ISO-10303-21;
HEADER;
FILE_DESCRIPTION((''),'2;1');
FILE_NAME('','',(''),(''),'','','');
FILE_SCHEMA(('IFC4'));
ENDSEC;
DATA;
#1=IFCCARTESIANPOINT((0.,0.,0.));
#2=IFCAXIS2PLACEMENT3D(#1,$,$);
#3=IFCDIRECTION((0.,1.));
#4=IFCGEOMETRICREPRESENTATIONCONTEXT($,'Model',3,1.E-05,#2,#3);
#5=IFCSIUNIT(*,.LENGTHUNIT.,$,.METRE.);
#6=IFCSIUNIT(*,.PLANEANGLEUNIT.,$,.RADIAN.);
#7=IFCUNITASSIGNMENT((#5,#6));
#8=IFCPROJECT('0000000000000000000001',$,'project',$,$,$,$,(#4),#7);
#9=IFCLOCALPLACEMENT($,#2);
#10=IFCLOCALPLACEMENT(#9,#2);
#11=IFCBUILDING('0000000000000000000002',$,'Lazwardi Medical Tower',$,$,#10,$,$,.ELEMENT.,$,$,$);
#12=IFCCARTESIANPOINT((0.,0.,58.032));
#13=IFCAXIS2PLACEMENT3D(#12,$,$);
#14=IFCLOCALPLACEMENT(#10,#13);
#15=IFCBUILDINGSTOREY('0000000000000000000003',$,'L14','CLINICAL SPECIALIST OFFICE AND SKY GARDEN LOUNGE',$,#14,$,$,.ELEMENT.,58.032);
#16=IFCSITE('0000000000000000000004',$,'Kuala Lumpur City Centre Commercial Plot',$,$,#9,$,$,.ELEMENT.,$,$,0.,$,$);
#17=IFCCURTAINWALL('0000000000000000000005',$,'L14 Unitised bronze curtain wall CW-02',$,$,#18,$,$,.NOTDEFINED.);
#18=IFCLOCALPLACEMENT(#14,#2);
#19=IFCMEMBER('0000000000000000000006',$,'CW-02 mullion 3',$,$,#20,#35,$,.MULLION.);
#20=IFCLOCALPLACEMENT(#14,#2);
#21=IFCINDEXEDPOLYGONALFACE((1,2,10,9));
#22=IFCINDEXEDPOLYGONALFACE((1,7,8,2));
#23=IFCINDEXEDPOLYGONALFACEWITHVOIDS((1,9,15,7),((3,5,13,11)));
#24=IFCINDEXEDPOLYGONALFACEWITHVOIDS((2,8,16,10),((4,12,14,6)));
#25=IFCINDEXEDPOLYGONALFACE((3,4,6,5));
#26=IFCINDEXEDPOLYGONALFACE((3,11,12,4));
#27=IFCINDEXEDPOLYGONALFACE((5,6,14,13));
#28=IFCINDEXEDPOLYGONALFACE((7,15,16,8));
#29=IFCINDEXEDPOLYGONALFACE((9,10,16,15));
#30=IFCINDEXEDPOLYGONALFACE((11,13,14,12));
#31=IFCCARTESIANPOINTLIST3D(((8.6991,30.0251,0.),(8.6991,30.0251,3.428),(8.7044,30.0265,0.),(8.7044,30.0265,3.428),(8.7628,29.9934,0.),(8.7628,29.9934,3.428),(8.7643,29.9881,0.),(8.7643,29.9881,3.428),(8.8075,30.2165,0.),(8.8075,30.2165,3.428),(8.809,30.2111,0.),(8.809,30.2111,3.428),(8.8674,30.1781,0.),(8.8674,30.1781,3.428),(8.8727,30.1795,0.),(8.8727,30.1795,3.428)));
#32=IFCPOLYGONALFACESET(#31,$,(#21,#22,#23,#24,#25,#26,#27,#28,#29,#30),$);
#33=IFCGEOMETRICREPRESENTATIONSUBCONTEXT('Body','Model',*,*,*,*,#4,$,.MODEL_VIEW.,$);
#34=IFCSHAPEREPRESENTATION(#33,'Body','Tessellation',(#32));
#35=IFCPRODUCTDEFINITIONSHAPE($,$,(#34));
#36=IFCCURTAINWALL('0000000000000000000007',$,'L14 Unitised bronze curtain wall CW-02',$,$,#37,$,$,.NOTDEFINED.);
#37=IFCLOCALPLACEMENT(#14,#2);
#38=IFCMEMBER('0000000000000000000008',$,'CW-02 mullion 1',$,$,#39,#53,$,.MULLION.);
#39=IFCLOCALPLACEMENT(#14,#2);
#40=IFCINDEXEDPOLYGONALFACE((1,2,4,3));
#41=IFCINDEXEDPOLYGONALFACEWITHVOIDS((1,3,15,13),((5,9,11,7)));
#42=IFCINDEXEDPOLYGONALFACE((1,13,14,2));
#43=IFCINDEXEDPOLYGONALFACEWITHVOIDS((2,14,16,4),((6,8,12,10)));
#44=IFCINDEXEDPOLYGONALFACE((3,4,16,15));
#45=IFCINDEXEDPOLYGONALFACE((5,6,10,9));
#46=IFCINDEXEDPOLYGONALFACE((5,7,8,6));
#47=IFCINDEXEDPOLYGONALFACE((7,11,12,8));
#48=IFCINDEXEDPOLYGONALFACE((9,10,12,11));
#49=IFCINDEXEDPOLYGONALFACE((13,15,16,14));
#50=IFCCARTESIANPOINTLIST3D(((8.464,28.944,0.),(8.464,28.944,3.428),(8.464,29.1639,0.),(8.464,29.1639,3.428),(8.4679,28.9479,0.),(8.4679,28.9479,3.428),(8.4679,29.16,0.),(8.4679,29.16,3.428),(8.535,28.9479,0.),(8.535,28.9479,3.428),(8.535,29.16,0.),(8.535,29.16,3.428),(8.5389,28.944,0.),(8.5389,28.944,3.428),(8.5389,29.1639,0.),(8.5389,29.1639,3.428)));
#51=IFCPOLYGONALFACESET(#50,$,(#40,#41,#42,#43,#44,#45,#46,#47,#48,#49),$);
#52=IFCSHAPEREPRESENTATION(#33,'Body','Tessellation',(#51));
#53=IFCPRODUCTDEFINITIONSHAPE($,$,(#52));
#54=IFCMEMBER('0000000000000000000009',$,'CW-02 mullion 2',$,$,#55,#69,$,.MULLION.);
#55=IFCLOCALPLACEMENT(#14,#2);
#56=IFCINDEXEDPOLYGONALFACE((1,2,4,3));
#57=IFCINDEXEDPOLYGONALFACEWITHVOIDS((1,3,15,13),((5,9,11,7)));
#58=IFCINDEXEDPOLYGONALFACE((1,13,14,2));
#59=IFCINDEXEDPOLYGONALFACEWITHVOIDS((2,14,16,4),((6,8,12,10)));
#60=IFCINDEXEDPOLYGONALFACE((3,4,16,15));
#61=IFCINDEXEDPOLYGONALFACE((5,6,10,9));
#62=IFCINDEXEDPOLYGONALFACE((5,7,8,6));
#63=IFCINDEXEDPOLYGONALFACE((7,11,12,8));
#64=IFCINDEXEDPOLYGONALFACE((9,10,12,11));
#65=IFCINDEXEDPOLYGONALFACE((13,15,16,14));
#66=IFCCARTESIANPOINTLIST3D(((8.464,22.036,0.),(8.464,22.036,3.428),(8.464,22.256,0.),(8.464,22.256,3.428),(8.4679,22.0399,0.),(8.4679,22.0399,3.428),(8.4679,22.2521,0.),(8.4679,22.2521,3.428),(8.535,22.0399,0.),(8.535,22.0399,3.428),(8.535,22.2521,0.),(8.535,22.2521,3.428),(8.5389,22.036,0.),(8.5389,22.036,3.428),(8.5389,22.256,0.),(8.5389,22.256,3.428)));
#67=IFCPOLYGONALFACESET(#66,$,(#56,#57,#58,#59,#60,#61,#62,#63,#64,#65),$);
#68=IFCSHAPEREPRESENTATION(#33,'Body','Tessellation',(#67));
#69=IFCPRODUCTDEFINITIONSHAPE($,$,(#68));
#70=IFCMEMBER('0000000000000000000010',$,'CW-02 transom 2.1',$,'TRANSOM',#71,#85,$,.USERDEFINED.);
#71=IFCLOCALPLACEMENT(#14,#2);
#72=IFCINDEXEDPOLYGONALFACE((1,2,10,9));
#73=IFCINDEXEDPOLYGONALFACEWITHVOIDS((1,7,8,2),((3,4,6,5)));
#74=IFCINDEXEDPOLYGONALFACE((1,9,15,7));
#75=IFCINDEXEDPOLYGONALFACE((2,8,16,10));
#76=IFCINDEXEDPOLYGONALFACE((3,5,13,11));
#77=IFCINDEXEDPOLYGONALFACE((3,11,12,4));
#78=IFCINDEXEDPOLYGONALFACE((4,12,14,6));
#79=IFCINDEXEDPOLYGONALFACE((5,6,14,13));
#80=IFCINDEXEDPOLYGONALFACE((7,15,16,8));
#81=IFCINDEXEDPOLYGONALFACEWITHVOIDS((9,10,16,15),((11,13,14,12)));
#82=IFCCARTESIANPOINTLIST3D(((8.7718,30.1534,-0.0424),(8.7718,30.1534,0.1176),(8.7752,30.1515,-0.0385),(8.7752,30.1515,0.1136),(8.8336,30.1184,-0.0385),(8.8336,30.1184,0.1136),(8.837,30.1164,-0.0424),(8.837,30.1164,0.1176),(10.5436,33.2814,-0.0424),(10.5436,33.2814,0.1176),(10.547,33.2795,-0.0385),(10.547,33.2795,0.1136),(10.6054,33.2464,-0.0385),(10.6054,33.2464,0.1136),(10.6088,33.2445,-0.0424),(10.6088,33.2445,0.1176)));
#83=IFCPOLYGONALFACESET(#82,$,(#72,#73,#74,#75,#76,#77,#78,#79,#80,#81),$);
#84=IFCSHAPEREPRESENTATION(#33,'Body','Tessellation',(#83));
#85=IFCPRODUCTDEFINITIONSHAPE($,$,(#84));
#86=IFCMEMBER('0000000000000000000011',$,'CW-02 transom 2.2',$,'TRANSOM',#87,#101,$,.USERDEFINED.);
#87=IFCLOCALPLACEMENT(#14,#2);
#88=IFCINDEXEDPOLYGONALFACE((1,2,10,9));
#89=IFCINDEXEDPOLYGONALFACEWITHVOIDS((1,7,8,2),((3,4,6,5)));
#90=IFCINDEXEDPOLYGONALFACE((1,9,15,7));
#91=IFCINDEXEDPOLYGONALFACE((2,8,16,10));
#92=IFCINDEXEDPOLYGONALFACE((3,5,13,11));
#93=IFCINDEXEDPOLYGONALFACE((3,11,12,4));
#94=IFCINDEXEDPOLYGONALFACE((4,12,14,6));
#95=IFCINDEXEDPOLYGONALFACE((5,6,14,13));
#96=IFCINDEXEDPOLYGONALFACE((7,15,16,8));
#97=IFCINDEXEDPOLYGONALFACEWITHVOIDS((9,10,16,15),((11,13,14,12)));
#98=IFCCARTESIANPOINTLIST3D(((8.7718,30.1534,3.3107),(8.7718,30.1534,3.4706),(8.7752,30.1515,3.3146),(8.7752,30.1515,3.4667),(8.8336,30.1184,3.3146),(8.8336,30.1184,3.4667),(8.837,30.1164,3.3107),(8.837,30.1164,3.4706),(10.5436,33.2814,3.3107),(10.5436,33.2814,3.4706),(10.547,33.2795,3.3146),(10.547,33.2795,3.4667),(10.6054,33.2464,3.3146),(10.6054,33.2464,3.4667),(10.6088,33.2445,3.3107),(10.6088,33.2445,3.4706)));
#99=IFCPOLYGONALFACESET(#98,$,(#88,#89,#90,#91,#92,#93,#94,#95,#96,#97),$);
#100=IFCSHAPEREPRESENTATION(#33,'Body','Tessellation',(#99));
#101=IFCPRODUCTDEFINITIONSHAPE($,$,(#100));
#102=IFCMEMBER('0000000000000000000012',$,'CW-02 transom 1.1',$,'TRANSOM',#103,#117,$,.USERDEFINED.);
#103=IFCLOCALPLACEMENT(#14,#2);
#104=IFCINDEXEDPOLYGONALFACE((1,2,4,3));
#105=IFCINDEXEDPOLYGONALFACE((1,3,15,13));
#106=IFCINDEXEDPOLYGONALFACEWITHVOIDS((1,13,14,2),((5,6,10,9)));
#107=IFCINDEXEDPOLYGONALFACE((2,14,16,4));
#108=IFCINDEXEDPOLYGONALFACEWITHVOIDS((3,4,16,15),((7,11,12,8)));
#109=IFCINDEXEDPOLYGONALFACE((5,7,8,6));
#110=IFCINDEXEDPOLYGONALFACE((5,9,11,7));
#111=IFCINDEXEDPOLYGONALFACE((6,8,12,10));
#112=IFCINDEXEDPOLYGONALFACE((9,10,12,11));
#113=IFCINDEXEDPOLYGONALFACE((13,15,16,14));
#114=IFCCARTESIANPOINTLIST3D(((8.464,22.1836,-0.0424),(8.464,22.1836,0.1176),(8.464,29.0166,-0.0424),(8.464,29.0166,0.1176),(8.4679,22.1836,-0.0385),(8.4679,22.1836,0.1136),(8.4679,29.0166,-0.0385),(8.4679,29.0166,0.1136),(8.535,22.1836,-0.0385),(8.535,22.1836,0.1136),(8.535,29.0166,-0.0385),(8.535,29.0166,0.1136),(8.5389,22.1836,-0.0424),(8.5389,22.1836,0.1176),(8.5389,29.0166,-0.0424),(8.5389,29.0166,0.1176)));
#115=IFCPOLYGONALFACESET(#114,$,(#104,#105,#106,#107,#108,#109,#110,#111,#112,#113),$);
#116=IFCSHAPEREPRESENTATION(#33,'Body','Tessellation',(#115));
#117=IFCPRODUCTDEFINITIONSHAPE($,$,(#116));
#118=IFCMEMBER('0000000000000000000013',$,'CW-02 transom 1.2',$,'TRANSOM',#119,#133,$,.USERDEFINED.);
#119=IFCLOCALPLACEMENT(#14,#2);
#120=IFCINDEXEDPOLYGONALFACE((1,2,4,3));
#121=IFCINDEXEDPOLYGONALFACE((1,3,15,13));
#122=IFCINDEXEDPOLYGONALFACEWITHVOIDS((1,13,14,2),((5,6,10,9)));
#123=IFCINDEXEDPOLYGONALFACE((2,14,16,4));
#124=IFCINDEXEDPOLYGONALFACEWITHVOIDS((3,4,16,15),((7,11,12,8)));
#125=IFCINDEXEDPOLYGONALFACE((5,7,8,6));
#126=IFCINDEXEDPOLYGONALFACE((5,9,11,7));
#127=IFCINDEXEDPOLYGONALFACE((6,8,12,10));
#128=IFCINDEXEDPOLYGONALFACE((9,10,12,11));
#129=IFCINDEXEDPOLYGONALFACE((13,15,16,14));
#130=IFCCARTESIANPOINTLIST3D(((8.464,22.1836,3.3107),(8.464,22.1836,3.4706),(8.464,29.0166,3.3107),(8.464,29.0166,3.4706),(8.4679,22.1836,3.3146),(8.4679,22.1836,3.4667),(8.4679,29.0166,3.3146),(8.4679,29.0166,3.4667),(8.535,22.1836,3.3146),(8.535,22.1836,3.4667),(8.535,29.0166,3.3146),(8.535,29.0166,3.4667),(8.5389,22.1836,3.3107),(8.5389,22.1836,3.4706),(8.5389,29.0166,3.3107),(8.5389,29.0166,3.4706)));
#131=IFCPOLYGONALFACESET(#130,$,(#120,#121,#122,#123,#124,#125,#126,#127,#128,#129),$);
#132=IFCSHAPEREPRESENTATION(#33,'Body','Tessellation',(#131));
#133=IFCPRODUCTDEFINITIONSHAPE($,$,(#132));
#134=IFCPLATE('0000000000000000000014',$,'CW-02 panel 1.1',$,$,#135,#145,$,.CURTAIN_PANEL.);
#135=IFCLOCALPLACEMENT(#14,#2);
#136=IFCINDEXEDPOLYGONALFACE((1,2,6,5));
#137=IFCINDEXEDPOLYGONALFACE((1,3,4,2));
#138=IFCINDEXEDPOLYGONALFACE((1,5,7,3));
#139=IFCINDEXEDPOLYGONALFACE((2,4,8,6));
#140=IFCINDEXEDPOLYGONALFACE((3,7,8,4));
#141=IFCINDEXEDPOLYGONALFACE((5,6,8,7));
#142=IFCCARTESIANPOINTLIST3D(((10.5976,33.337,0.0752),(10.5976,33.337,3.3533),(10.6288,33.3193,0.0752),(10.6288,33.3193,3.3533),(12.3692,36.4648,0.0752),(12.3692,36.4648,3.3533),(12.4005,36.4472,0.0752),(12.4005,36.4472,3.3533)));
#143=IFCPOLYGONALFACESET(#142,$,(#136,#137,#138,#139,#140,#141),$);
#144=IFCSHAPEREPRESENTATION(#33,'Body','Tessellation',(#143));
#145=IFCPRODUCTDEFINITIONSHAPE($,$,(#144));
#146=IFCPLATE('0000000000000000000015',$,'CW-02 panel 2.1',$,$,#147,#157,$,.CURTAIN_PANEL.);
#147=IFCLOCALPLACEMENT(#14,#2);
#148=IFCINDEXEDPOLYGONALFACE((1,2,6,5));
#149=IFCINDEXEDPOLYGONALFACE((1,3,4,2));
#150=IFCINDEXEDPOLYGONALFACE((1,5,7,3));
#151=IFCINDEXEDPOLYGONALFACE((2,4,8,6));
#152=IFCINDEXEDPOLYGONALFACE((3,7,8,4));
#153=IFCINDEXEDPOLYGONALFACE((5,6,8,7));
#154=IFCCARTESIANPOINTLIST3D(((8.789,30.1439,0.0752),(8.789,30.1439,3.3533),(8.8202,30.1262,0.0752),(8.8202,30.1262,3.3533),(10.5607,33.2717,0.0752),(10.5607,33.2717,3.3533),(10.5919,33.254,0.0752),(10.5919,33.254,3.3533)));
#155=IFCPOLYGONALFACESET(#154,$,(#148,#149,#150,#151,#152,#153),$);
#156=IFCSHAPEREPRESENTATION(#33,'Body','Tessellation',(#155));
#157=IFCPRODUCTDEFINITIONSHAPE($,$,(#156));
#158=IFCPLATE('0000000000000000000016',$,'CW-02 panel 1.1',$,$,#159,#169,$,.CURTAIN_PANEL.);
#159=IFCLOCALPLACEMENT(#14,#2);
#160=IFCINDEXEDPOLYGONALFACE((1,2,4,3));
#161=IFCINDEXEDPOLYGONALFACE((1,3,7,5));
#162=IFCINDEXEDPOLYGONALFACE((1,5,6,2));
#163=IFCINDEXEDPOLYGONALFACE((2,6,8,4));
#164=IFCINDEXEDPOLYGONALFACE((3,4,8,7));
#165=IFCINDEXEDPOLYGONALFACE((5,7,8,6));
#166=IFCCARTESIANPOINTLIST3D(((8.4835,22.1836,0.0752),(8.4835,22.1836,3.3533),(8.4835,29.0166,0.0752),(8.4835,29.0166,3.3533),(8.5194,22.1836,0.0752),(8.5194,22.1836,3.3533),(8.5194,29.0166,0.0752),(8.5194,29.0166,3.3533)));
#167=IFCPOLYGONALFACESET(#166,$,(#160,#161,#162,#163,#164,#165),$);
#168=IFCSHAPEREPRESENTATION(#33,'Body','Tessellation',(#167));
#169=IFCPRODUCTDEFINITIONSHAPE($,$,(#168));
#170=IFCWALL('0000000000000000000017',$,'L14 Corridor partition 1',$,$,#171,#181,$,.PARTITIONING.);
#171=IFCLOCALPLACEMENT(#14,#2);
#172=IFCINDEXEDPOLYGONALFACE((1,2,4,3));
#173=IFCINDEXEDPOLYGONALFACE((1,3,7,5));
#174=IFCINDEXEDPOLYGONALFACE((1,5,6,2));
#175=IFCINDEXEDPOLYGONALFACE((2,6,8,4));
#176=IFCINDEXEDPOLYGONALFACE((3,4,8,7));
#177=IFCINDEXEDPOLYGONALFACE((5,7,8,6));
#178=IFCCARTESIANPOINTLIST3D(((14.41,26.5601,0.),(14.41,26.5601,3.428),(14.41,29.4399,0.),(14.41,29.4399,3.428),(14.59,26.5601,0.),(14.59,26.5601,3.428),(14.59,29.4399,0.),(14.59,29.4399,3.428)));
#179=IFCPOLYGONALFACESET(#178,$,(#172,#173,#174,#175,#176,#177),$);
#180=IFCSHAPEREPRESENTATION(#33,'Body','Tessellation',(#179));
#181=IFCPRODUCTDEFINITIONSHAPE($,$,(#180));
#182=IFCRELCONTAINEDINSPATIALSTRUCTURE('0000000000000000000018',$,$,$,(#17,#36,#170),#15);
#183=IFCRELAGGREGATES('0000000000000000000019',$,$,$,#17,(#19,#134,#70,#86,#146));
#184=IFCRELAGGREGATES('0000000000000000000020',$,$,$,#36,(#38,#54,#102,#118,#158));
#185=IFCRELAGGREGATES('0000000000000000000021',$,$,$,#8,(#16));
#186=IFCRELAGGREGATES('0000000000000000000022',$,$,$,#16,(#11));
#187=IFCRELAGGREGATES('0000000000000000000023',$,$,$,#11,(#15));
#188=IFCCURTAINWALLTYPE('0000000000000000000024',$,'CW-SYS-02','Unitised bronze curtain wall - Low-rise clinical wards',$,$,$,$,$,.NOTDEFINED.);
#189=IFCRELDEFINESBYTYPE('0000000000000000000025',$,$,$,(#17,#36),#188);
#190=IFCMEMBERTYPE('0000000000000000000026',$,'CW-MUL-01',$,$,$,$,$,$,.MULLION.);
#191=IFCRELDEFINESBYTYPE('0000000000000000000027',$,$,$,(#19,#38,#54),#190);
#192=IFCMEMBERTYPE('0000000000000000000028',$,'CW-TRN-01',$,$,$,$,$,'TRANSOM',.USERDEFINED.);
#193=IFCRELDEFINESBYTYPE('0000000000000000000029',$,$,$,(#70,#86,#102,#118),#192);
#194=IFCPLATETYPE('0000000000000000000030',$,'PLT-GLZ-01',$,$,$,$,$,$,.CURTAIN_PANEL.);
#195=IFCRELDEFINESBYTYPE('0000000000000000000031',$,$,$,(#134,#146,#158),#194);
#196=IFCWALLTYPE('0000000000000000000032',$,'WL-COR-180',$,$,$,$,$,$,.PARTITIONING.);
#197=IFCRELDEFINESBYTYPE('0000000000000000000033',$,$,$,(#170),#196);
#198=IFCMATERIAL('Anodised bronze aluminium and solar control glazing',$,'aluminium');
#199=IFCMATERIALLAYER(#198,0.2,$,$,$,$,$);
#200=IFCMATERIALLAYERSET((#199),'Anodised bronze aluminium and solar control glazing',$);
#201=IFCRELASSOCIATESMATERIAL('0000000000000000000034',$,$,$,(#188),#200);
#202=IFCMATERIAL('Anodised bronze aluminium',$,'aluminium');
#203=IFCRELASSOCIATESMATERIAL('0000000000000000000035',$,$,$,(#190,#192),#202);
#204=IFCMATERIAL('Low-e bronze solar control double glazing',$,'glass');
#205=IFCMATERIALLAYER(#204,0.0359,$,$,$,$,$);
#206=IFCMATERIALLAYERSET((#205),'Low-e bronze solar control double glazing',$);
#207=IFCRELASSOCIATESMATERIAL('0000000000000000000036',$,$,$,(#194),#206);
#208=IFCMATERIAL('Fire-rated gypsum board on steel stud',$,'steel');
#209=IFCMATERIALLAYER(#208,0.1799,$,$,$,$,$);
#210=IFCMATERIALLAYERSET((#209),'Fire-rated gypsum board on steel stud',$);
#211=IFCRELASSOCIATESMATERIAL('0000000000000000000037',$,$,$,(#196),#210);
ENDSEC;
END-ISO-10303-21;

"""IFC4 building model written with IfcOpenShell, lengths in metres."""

from ifc_helpers import new_model, si_unit, direction, frame, frame_2d, origin, origin_2d, place, context, subcontext, project, spatial, rectangle, hollow_rectangle, extrude, material, layer, layer_set, material_profile, profile_set, type_object, element, aggregate, save


model = new_model("IFC4")

# Units and contexts
model_context = context("Model", 3, precision=1e-05, world=origin(), true_north=direction((0.0, 1.0)))
body_context = subcontext(model_context, "Body", "Model", "MODEL_VIEW")
ifc_project = project(units=[si_unit("LENGTHUNIT", "METRE"), si_unit("PLANEANGLEUNIT", "RADIAN")], contexts=[model_context])

# Site, building, storey
site_placement = place(None, origin())
site = spatial("IfcSite", under=ifc_project, at=site_placement, Name="Kuala Lumpur City Centre Commercial Plot", CompositionType="ELEMENT", RefElevation=0.0)
building_placement = place(site_placement, origin())
building = spatial("IfcBuilding", under=site, at=building_placement, Name="Lazwardi Medical Tower", CompositionType="ELEMENT")
storey_placement = place(building_placement, frame((0.0, 0.0, 58.032)))
storey = spatial("IfcBuildingStorey", under=building, at=storey_placement, Name="L14", Description="CLINICAL SPECIALIST OFFICE AND SKY GARDEN LOUNGE", CompositionType="ELEMENT", Elevation=58.032)

# Curtain walls, members
ifc_material_1 = material(Name="Anodised bronze aluminium and solar control glazing", Category="aluminium")
ifc_layer_1 = layer(ifc_material_1, 0.2)
ifc_layer_set_1 = layer_set([ifc_layer_1], Name="Anodised bronze aluminium and solar control glazing")
curtain_wall_type = type_object("IfcCurtainWallType", Name="CW-SYS-02", Description="Unitised bronze curtain wall - Low-rise clinical wards", PredefinedType="NOTDEFINED", material=ifc_layer_set_1)
curtain_wall_1_placement = place(storey_placement, origin())
curtain_wall_1 = element("IfcCurtainWall", 1, at=curtain_wall_1_placement, inside=storey, type_object=curtain_wall_type, Name="L14 Unitised bronze curtain wall CW-02", PredefinedType="NOTDEFINED")
ifc_material_2 = material(Name="Anodised bronze aluminium", Category="aluminium")
ifc_material_profile_1 = material_profile(ifc_material_2, hollow_rectangle(XDim=0.075, YDim=0.22, WallThickness=0.0039, at=origin_2d()), Name="ALU-MULLION 220x75x4")
ifc_profile_set_1 = profile_set([ifc_material_profile_1], Name="Anodised bronze aluminium")
member_type_1 = type_object("IfcMemberType", Name="CW-MUL-01", PredefinedType="MULLION", material=ifc_profile_set_1)
member_1_placement = place(storey_placement, frame((8.7859, 30.1023, 0.0), z_axis=(0.0, 0.0, 1.0), x_axis=(0.870112, -0.492854, 0.0)))
member_1 = element("IfcMember", 2, at=member_1_placement, type_object=member_type_1, Name="CW-02 mullion 3", PredefinedType="MULLION", context=body_context, shape_type="SweptSolid", body=[
    extrude(hollow_rectangle(XDim=0.075, YDim=0.22, WallThickness=0.0039, at=origin_2d()), origin(), (0.0, 0.0, 1.0), 3.428),
])
curtain_wall_2_placement = place(storey_placement, origin())
curtain_wall_2 = element("IfcCurtainWall", 3, at=curtain_wall_2_placement, inside=storey, type_object=curtain_wall_type, Name="L14 Unitised bronze curtain wall CW-02", PredefinedType="NOTDEFINED")
member_2_placement = place(storey_placement, frame((8.5015, 29.054, 0.0), z_axis=(0.0, 0.0, 1.0), x_axis=(1.0, 0.0, 0.0)))
member_2 = element("IfcMember", 4, at=member_2_placement, type_object=member_type_1, Name="CW-02 mullion 1", PredefinedType="MULLION", context=body_context, shape_type="SweptSolid", body=[
    extrude(hollow_rectangle(XDim=0.075, YDim=0.22, WallThickness=0.0039, at=origin_2d()), origin(), (0.0, 0.0, 1.0), 3.428),
])
member_3_placement = place(storey_placement, frame((8.5015, 22.146, 0.0), z_axis=(0.0, 0.0, 1.0), x_axis=(1.0, 0.0, 0.0)))
member_3 = element("IfcMember", 5, at=member_3_placement, type_object=member_type_1, Name="CW-02 mullion 2", PredefinedType="MULLION", context=body_context, shape_type="SweptSolid", body=[
    extrude(hollow_rectangle(XDim=0.075, YDim=0.22, WallThickness=0.0039, at=origin_2d()), origin(), (0.0, 0.0, 1.0), 3.428),
])

# Members
ifc_material_profile_2 = material_profile(ifc_material_2, hollow_rectangle(XDim=0.075, YDim=0.1599, WallThickness=0.0039, at=origin_2d()), Name="ALU-TRANSOM 160x75x4")
ifc_profile_set_2 = profile_set([ifc_material_profile_2], Name="Anodised bronze aluminium")
member_type_2 = type_object("IfcMemberType", Name="CW-TRN-01", ElementType="TRANSOM", PredefinedType="USERDEFINED", material=ifc_profile_set_2)
member_4_placement = place(storey_placement, frame((10.5762, 33.2629, 0.0376), z_axis=(-0.492851, -0.870113, 0.0), x_axis=(0.870113, -0.492851, 0.0)))
member_4 = element("IfcMember", 6, at=member_4_placement, type_object=member_type_2, Name="CW-02 transom 2.1", ObjectType="TRANSOM", PredefinedType="USERDEFINED", context=body_context, shape_type="SweptSolid", body=[
    extrude(hollow_rectangle(XDim=0.075, YDim=0.1599, WallThickness=0.0039, at=origin_2d()), origin(), (0.0, 0.0, 1.0), 3.595),
])
member_5_placement = place(storey_placement, frame((10.5762, 33.2629, 3.3906), z_axis=(-0.492851, -0.870113, 0.0), x_axis=(0.870113, -0.492851, 0.0)))
member_5 = element("IfcMember", 7, at=member_5_placement, type_object=member_type_2, Name="CW-02 transom 2.2", ObjectType="TRANSOM", PredefinedType="USERDEFINED", context=body_context, shape_type="SweptSolid", body=[
    extrude(hollow_rectangle(XDim=0.075, YDim=0.1599, WallThickness=0.0039, at=origin_2d()), origin(), (0.0, 0.0, 1.0), 3.595),
])
member_6_placement = place(storey_placement, frame((8.5015, 29.0166, 0.0376), z_axis=(0.0, -1.0, 0.0), x_axis=(1.0, 0.0, 0.0)))
member_6 = element("IfcMember", 8, at=member_6_placement, type_object=member_type_2, Name="CW-02 transom 1.1", ObjectType="TRANSOM", PredefinedType="USERDEFINED", context=body_context, shape_type="SweptSolid", body=[
    extrude(hollow_rectangle(XDim=0.075, YDim=0.1599, WallThickness=0.0039, at=origin_2d()), origin(), (0.0, 0.0, 1.0), 6.833),
])
member_7_placement = place(storey_placement, frame((8.5015, 29.0166, 3.3906), z_axis=(0.0, -1.0, 0.0), x_axis=(1.0, 0.0, 0.0)))
member_7 = element("IfcMember", 9, at=member_7_placement, type_object=member_type_2, Name="CW-02 transom 1.2", ObjectType="TRANSOM", PredefinedType="USERDEFINED", context=body_context, shape_type="SweptSolid", body=[
    extrude(hollow_rectangle(XDim=0.075, YDim=0.1599, WallThickness=0.0039, at=origin_2d()), origin(), (0.0, 0.0, 1.0), 6.833),
])

# Plates
ifc_material_3 = material(Name="Low-e bronze solar control double glazing", Category="glass")
ifc_layer_2 = layer(ifc_material_3, 0.0359)
ifc_layer_set_2 = layer_set([ifc_layer_2], Name="Low-e bronze solar control double glazing")
plate_type = type_object("IfcPlateType", Name="PLT-GLZ-01", PredefinedType="CURTAIN_PANEL", material=ifc_layer_set_2)
plate_1_placement = place(storey_placement, frame((11.499, 34.8921, 0.0752), z_axis=(0.0, 0.0, 1.0), x_axis=(-0.492854, -0.870112, 0.0)))
plate_1 = element("IfcPlate", 10, at=plate_1_placement, type_object=plate_type, Name="CW-02 panel 1.1", PredefinedType="CURTAIN_PANEL", context=body_context, shape_type="SweptSolid", body=[
    extrude(rectangle(XDim=3.5947, YDim=0.0359, at=origin_2d()), origin(), (0.0, 0.0, 1.0), 3.2781),
])
plate_2_placement = place(storey_placement, frame((9.6904, 31.699, 0.0752), z_axis=(0.0, 0.0, 1.0), x_axis=(-0.492854, -0.870112, 0.0)))
plate_2 = element("IfcPlate", 11, at=plate_2_placement, type_object=plate_type, Name="CW-02 panel 2.1", PredefinedType="CURTAIN_PANEL", context=body_context, shape_type="SweptSolid", body=[
    extrude(rectangle(XDim=3.5947, YDim=0.0359, at=origin_2d()), origin(), (0.0, 0.0, 1.0), 3.2781),
])
aggregate(curtain_wall_1, [member_1, plate_1, member_4, member_5, plate_2])
plate_3_placement = place(storey_placement, frame((8.5015, 25.6001, 0.0752), z_axis=(0.0, 0.0, 1.0), x_axis=(0.0, -1.0, 0.0)))
plate_3 = element("IfcPlate", 12, at=plate_3_placement, type_object=plate_type, Name="CW-02 panel 1.1", PredefinedType="CURTAIN_PANEL", context=body_context, shape_type="SweptSolid", body=[
    extrude(rectangle(XDim=6.833, YDim=0.0359, at=origin_2d()), origin(), (0.0, 0.0, 1.0), 3.2781),
])
aggregate(curtain_wall_2, [member_2, member_3, member_6, member_7, plate_3])

# Wall
ifc_material_4 = material(Name="Fire-rated gypsum board on steel stud", Category="steel")
ifc_layer_3 = layer(ifc_material_4, 0.1799)
ifc_layer_set_3 = layer_set([ifc_layer_3], Name="Fire-rated gypsum board on steel stud")
wall_type_1 = type_object("IfcWallType", Name="WL-COR-180", PredefinedType="PARTITIONING", material=ifc_layer_set_3)
wall_1_placement = place(storey_placement, frame((14.5, 26.5601, 0.0), z_axis=(0.0, 0.0, 1.0), x_axis=(0.0, 1.0, 0.0)))
element("IfcWall", 13, at=wall_1_placement, inside=storey, type_object=wall_type_1, Name="L14 Corridor partition 1", PredefinedType="PARTITIONING", context=body_context, shape_type="SweptSolid", body=[
    extrude(rectangle(XDim=2.8799, YDim=0.1799, at=frame_2d((1.4399, 0.0))), origin(), (0.0, 0.0, 1.0), 3.428),
])

save(model, "model.ifc")
